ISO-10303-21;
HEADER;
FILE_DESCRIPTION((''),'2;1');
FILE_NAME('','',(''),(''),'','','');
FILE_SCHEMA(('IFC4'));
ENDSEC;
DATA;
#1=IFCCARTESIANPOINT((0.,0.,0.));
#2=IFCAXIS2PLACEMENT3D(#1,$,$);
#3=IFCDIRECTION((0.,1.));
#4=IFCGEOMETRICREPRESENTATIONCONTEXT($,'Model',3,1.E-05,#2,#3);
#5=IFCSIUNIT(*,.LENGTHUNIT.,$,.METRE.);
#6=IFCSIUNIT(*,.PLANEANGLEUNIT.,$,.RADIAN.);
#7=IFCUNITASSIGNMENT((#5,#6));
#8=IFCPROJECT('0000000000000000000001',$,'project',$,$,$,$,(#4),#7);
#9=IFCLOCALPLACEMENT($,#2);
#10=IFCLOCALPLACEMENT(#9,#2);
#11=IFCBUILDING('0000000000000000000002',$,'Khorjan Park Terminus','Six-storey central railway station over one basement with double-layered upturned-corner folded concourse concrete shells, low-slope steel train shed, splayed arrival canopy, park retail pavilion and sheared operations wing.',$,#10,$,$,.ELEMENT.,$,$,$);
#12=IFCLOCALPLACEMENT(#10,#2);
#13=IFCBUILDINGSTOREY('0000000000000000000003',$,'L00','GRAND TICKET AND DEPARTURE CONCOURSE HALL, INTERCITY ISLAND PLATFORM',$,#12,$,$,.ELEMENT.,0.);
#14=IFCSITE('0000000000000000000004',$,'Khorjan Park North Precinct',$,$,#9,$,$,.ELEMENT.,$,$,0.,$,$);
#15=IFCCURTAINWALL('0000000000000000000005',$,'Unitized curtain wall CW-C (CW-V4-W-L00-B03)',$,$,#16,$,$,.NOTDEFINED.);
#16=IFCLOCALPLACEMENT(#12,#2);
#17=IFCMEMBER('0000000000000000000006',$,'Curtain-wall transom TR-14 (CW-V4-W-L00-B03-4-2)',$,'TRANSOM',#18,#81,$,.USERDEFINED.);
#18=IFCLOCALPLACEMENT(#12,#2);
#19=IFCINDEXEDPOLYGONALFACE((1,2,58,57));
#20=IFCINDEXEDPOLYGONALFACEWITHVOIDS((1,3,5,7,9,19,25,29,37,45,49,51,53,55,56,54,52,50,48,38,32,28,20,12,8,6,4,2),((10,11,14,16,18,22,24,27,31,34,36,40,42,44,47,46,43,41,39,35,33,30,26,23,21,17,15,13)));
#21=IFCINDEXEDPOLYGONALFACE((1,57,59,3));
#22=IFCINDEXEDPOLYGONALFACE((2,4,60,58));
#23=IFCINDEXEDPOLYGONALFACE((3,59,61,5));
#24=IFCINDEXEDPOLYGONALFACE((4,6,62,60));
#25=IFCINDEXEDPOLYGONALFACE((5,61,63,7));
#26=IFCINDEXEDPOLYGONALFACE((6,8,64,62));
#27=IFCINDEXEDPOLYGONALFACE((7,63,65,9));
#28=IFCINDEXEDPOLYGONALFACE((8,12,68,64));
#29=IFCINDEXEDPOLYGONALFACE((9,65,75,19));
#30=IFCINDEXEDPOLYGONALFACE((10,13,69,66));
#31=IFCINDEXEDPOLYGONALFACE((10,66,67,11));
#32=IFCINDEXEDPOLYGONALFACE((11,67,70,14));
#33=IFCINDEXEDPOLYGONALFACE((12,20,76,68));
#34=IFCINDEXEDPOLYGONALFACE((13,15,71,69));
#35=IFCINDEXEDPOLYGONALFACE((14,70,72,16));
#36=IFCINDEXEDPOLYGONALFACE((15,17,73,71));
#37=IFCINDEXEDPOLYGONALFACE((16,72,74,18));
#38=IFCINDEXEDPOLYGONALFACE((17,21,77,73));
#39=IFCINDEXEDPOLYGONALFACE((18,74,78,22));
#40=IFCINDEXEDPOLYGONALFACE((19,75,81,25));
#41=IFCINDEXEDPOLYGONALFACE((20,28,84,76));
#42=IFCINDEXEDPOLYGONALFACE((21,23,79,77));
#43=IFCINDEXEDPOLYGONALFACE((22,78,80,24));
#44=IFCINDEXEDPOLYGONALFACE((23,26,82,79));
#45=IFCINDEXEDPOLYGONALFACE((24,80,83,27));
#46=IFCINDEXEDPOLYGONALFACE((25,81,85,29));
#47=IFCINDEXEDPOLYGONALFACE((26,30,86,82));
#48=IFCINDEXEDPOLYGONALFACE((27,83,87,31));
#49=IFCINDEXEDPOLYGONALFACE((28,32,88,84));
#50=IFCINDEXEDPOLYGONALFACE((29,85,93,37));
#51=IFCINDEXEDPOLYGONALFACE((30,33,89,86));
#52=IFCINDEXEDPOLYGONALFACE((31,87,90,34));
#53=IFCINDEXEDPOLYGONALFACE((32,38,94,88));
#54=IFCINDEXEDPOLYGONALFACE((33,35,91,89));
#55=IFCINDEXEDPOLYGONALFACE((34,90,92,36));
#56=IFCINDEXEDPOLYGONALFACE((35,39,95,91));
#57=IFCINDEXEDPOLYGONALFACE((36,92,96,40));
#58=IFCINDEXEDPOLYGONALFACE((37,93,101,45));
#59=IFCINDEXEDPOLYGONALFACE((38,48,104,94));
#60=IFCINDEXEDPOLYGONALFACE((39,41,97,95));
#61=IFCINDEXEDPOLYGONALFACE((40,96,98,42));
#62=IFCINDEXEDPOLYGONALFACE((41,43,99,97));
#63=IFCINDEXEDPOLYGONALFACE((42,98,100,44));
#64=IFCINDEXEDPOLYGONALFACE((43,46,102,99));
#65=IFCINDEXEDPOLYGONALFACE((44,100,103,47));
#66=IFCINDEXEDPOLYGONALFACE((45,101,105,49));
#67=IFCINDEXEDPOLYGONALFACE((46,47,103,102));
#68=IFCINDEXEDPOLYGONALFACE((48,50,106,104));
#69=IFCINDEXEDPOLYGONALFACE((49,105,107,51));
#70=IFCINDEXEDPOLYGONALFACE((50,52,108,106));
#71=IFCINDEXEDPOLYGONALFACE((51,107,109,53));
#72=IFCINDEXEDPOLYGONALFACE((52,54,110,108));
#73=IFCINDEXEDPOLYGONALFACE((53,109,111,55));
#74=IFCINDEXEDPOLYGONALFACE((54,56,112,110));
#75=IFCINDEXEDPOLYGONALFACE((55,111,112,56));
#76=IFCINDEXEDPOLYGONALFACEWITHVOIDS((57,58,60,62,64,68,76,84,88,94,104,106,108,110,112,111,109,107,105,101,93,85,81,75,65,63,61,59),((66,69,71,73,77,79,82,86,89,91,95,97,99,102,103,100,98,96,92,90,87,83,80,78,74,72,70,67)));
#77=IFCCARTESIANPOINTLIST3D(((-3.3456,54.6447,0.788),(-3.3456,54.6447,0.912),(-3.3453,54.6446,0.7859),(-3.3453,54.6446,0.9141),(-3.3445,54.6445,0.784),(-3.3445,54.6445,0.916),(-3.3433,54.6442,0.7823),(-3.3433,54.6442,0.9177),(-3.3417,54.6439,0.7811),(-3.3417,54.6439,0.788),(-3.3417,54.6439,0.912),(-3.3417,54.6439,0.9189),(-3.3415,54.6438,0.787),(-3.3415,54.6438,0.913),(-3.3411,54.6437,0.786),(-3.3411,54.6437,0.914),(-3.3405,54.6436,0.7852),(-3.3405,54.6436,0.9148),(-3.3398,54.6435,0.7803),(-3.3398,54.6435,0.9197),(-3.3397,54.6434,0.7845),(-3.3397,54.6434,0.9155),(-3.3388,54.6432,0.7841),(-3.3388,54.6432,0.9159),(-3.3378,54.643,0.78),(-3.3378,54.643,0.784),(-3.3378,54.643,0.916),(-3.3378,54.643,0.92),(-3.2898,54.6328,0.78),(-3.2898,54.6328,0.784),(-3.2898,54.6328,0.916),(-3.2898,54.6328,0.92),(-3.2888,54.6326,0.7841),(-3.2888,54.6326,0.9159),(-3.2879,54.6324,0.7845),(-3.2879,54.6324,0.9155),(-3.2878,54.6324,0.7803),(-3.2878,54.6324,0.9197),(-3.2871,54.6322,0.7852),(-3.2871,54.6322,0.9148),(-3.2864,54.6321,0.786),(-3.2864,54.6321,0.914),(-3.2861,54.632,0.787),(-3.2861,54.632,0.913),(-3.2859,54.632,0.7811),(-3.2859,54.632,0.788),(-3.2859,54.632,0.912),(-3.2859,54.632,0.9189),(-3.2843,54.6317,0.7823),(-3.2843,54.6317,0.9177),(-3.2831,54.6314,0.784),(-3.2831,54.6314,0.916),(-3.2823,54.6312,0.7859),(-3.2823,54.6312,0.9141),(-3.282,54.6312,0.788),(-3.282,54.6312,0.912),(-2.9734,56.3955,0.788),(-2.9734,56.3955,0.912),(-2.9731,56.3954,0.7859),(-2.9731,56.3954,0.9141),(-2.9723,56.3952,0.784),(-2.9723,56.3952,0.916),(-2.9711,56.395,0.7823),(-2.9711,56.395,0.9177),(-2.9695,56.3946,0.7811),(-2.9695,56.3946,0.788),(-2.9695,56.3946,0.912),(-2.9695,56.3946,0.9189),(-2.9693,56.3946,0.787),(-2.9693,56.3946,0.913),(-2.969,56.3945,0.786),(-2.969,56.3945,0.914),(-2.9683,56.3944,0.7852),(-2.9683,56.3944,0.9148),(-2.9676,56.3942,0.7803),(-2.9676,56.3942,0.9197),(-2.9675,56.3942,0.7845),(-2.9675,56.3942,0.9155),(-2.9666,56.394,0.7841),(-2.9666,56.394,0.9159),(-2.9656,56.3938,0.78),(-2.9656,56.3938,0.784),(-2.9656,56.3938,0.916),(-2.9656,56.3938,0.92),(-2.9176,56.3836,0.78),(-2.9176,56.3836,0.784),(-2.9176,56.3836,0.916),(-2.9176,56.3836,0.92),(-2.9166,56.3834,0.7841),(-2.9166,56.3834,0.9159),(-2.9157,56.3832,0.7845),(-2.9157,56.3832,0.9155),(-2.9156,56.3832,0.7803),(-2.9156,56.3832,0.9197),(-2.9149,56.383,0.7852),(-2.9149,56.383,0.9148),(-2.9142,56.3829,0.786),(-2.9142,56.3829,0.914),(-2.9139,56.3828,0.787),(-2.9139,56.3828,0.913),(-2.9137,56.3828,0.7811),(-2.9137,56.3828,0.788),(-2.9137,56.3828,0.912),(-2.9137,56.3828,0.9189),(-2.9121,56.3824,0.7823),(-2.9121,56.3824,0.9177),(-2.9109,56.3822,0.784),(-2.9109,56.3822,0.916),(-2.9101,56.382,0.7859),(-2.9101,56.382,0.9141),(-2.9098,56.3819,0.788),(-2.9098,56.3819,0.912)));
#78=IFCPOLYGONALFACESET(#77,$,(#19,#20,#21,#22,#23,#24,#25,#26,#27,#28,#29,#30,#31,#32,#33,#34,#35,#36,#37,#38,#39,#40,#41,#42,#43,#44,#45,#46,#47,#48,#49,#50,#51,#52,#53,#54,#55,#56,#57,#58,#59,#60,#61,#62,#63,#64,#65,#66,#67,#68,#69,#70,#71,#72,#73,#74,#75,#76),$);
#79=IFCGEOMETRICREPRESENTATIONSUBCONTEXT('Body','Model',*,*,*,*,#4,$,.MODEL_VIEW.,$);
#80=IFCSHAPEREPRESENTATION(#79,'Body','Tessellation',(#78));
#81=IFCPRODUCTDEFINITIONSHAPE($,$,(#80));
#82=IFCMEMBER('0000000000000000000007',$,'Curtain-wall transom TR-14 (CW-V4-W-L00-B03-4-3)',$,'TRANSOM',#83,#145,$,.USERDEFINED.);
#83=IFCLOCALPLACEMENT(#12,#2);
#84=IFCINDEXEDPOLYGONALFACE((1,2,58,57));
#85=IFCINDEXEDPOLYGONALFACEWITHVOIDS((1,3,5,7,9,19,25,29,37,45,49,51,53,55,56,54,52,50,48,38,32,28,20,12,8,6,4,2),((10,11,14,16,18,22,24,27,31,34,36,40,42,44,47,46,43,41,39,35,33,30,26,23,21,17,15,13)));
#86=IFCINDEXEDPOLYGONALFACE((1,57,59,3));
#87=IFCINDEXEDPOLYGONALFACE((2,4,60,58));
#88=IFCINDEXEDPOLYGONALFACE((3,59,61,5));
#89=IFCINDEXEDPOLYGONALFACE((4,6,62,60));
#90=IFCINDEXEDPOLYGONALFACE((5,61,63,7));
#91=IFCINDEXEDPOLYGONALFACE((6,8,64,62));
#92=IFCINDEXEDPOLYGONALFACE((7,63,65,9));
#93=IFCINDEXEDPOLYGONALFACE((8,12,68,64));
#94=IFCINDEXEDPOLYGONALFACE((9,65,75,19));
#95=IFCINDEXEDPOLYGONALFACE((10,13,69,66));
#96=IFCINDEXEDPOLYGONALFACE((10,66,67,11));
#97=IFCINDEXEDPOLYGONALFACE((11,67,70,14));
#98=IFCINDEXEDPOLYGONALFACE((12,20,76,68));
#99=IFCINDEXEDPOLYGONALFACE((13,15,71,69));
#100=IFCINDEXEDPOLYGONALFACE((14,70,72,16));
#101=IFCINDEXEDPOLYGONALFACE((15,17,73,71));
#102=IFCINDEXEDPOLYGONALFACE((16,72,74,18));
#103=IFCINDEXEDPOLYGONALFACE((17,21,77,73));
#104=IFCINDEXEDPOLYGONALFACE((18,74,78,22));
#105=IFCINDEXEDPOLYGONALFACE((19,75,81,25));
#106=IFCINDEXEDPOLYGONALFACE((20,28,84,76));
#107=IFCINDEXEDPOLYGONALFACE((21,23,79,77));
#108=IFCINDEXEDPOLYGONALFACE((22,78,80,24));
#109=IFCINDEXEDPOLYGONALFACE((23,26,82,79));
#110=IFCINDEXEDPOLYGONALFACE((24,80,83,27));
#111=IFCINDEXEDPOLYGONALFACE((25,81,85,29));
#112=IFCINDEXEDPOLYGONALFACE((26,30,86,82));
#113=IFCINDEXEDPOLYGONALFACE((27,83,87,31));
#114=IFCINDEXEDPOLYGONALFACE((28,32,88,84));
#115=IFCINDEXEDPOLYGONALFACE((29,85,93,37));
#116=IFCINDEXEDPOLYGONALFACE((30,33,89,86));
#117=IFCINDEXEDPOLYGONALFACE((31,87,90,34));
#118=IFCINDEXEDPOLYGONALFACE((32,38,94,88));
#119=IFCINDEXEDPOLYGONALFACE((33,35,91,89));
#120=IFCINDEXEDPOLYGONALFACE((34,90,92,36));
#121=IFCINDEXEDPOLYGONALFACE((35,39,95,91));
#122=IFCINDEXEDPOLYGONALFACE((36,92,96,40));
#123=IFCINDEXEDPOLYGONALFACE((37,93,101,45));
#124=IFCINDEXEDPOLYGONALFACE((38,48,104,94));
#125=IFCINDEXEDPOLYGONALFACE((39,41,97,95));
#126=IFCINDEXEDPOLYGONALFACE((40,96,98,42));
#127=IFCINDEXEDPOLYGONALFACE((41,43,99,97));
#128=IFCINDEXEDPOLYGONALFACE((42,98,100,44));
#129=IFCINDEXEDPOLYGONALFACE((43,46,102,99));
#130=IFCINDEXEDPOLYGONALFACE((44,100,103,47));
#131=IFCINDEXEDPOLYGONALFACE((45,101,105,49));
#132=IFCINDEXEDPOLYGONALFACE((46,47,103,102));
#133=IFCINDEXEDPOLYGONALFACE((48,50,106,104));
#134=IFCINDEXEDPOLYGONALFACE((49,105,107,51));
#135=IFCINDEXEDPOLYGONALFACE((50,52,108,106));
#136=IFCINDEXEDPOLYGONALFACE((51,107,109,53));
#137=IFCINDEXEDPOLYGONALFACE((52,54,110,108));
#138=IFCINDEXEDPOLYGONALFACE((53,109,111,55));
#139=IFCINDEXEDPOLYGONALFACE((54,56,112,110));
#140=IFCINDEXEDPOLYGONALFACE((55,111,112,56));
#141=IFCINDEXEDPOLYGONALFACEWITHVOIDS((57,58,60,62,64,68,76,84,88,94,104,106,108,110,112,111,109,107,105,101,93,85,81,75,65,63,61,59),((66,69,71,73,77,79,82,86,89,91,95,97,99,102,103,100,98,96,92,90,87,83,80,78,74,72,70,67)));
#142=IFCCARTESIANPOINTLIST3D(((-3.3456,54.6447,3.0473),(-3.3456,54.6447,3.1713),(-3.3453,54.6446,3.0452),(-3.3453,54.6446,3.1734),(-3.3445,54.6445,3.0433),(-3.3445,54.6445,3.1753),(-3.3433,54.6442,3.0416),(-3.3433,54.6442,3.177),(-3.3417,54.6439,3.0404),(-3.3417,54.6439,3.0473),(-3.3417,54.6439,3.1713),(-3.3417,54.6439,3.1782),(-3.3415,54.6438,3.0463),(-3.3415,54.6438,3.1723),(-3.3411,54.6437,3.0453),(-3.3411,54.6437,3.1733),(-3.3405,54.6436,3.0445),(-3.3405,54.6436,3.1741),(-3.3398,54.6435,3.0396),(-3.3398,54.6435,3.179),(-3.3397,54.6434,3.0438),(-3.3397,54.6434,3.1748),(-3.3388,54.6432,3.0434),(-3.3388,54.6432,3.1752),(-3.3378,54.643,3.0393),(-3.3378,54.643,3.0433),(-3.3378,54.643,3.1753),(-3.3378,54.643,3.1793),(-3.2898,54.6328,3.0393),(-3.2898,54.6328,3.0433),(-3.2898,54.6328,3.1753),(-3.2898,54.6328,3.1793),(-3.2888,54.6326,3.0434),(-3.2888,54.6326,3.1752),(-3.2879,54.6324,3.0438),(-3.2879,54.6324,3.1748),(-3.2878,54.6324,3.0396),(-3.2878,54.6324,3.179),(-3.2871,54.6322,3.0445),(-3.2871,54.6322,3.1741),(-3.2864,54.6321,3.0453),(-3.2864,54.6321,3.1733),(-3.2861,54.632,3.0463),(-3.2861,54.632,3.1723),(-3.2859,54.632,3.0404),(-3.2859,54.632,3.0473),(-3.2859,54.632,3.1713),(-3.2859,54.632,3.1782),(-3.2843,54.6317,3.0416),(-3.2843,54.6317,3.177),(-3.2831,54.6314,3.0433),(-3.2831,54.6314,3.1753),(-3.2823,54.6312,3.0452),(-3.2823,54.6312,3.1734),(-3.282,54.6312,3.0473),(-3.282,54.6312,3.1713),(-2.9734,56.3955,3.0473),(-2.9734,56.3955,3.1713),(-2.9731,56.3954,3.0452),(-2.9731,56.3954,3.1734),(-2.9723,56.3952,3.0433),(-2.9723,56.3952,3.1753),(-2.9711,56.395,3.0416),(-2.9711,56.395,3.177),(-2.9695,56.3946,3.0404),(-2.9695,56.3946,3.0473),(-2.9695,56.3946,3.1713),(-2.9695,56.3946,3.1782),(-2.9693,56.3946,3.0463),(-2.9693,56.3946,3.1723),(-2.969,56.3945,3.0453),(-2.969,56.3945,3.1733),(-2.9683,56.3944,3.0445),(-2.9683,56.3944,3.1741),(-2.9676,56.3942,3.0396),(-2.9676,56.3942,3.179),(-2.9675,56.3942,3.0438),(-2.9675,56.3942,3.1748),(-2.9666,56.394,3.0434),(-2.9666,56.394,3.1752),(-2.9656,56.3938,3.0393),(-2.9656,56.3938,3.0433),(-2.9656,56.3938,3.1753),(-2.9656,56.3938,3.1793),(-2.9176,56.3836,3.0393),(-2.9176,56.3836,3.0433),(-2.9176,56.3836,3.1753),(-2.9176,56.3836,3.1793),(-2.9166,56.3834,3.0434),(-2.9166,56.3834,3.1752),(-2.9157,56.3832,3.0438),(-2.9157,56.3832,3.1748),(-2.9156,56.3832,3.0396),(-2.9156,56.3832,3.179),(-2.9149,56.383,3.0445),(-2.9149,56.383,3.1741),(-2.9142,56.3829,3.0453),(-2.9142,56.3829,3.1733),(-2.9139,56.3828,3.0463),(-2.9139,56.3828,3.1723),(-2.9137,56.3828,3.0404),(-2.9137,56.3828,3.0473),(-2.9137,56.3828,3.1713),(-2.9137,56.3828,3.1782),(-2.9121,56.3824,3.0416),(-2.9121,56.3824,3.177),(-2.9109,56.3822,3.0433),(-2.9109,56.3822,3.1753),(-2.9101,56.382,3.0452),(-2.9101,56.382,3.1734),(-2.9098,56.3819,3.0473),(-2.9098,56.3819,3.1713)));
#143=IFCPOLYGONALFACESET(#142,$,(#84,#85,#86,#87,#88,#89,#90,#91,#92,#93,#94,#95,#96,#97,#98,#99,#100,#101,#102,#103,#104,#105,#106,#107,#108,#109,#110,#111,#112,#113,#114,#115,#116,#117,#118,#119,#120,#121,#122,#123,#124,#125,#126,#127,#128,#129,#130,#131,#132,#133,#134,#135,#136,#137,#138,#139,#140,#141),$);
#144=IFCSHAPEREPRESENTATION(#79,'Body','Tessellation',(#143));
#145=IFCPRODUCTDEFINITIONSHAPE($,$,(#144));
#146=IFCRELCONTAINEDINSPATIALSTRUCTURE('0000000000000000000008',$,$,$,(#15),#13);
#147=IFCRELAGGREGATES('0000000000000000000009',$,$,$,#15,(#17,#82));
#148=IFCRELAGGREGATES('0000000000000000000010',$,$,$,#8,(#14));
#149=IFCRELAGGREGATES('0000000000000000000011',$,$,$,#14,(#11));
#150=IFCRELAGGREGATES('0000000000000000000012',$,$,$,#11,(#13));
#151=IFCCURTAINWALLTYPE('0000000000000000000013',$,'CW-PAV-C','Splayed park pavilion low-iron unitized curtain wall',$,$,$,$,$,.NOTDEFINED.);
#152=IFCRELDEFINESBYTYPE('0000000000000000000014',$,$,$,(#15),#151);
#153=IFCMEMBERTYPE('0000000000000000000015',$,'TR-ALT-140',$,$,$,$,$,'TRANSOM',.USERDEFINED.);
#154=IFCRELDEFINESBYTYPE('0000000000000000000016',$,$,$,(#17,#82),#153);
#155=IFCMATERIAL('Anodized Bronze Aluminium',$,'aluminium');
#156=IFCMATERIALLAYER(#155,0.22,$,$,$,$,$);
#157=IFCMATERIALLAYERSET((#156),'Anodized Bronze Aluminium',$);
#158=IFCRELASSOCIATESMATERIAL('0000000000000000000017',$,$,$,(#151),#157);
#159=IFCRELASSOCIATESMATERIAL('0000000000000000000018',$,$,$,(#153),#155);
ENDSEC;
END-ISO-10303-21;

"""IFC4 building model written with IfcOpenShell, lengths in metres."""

from ifc_helpers import new_model, si_unit, direction, frame, origin, origin_2d, place, context, subcontext, project, spatial, hollow_rectangle, extrude, material, layer, layer_set, material_profile, profile_set, type_object, element, aggregate, save


model = new_model("IFC4")

# Units and contexts
model_context = context("Model", 3, precision=1e-05, world=origin(), true_north=direction((0.0, 1.0)))
body_context = subcontext(model_context, "Body", "Model", "MODEL_VIEW")
ifc_project = project(units=[si_unit("LENGTHUNIT", "METRE"), si_unit("PLANEANGLEUNIT", "RADIAN")], contexts=[model_context])

# Site, building, storey
site_placement = place(None, origin())
site = spatial("IfcSite", under=ifc_project, at=site_placement, Name="Khorjan Park North Precinct", CompositionType="ELEMENT", RefElevation=0.0)
building_placement = place(site_placement, origin())
building = spatial("IfcBuilding", under=site, at=building_placement, Name="Khorjan Park Terminus", Description="Six-storey central railway station over one basement with double-layered upturned-corner folded concourse concrete shells, low-slope steel train shed, splayed arrival canopy, park retail pavilion and sheared operations wing.", CompositionType="ELEMENT")
storey_placement = place(building_placement, origin())
storey = spatial("IfcBuildingStorey", under=building, at=storey_placement, Name="L00", Description="GRAND TICKET AND DEPARTURE CONCOURSE HALL, INTERCITY ISLAND PLATFORM", CompositionType="ELEMENT", Elevation=0.0)

# Curtain wall, members
ifc_material_1 = material(Name="Anodized Bronze Aluminium", Category="aluminium")
ifc_layer_1 = layer(ifc_material_1, 0.22)
ifc_layer_set_1 = layer_set([ifc_layer_1], Name="Anodized Bronze Aluminium")
curtain_wall_type = type_object("IfcCurtainWallType", Name="CW-PAV-C", Description="Splayed park pavilion low-iron unitized curtain wall", PredefinedType="NOTDEFINED", material=ifc_layer_set_1)
curtain_wall_placement = place(storey_placement, origin())
curtain_wall = element("IfcCurtainWall", 1, at=curtain_wall_placement, inside=storey, type_object=curtain_wall_type, Name="Unitized curtain wall CW-C (CW-V4-W-L00-B03)", PredefinedType="NOTDEFINED")
ifc_material_profile_1 = material_profile(ifc_material_1, hollow_rectangle(XDim=0.065, YDim=0.14, WallThickness=0.004, InnerFilletRadius=0.004, OuterFilletRadius=0.008, at=origin_2d()), Name="ALT 65x140x4")
ifc_profile_set_1 = profile_set([ifc_material_profile_1], Name="Anodized Bronze Aluminium")
member_type_1 = type_object("IfcMemberType", Name="TR-ALT-140", ElementType="TRANSOM", PredefinedType="USERDEFINED", material=ifc_profile_set_1)
member_1_placement = place(storey_placement, frame((-2.9416, 56.3887, 0.85), z_axis=(-0.207942, -0.978141, 0.0), x_axis=(0.978141, -0.207942, 0.0)))
member_1 = element("IfcMember", 2, at=member_1_placement, type_object=member_type_1, Name="Curtain-wall transom TR-14 (CW-V4-W-L00-B03-4-2)", ObjectType="TRANSOM", PredefinedType="USERDEFINED", context=body_context, shape_type="SweptSolid", body=[
    extrude(hollow_rectangle(XDim=0.065, YDim=0.14, WallThickness=0.004, InnerFilletRadius=0.004, OuterFilletRadius=0.008, at=origin_2d()), origin(), (0.0, 0.0, 1.0), 1.7899),
])
member_2_placement = place(storey_placement, frame((-2.9416, 56.3887, 3.1093), z_axis=(-0.207942, -0.978141, 0.0), x_axis=(0.978141, -0.207942, 0.0)))
member_2 = element("IfcMember", 3, at=member_2_placement, type_object=member_type_1, Name="Curtain-wall transom TR-14 (CW-V4-W-L00-B03-4-3)", ObjectType="TRANSOM", PredefinedType="USERDEFINED", context=body_context, shape_type="SweptSolid", body=[
    extrude(hollow_rectangle(XDim=0.065, YDim=0.14, WallThickness=0.004, InnerFilletRadius=0.004, OuterFilletRadius=0.008, at=origin_2d()), origin(), (0.0, 0.0, 1.0), 1.7899),
])
aggregate(curtain_wall, [member_1, member_2])

save(model, "model.ifc")
